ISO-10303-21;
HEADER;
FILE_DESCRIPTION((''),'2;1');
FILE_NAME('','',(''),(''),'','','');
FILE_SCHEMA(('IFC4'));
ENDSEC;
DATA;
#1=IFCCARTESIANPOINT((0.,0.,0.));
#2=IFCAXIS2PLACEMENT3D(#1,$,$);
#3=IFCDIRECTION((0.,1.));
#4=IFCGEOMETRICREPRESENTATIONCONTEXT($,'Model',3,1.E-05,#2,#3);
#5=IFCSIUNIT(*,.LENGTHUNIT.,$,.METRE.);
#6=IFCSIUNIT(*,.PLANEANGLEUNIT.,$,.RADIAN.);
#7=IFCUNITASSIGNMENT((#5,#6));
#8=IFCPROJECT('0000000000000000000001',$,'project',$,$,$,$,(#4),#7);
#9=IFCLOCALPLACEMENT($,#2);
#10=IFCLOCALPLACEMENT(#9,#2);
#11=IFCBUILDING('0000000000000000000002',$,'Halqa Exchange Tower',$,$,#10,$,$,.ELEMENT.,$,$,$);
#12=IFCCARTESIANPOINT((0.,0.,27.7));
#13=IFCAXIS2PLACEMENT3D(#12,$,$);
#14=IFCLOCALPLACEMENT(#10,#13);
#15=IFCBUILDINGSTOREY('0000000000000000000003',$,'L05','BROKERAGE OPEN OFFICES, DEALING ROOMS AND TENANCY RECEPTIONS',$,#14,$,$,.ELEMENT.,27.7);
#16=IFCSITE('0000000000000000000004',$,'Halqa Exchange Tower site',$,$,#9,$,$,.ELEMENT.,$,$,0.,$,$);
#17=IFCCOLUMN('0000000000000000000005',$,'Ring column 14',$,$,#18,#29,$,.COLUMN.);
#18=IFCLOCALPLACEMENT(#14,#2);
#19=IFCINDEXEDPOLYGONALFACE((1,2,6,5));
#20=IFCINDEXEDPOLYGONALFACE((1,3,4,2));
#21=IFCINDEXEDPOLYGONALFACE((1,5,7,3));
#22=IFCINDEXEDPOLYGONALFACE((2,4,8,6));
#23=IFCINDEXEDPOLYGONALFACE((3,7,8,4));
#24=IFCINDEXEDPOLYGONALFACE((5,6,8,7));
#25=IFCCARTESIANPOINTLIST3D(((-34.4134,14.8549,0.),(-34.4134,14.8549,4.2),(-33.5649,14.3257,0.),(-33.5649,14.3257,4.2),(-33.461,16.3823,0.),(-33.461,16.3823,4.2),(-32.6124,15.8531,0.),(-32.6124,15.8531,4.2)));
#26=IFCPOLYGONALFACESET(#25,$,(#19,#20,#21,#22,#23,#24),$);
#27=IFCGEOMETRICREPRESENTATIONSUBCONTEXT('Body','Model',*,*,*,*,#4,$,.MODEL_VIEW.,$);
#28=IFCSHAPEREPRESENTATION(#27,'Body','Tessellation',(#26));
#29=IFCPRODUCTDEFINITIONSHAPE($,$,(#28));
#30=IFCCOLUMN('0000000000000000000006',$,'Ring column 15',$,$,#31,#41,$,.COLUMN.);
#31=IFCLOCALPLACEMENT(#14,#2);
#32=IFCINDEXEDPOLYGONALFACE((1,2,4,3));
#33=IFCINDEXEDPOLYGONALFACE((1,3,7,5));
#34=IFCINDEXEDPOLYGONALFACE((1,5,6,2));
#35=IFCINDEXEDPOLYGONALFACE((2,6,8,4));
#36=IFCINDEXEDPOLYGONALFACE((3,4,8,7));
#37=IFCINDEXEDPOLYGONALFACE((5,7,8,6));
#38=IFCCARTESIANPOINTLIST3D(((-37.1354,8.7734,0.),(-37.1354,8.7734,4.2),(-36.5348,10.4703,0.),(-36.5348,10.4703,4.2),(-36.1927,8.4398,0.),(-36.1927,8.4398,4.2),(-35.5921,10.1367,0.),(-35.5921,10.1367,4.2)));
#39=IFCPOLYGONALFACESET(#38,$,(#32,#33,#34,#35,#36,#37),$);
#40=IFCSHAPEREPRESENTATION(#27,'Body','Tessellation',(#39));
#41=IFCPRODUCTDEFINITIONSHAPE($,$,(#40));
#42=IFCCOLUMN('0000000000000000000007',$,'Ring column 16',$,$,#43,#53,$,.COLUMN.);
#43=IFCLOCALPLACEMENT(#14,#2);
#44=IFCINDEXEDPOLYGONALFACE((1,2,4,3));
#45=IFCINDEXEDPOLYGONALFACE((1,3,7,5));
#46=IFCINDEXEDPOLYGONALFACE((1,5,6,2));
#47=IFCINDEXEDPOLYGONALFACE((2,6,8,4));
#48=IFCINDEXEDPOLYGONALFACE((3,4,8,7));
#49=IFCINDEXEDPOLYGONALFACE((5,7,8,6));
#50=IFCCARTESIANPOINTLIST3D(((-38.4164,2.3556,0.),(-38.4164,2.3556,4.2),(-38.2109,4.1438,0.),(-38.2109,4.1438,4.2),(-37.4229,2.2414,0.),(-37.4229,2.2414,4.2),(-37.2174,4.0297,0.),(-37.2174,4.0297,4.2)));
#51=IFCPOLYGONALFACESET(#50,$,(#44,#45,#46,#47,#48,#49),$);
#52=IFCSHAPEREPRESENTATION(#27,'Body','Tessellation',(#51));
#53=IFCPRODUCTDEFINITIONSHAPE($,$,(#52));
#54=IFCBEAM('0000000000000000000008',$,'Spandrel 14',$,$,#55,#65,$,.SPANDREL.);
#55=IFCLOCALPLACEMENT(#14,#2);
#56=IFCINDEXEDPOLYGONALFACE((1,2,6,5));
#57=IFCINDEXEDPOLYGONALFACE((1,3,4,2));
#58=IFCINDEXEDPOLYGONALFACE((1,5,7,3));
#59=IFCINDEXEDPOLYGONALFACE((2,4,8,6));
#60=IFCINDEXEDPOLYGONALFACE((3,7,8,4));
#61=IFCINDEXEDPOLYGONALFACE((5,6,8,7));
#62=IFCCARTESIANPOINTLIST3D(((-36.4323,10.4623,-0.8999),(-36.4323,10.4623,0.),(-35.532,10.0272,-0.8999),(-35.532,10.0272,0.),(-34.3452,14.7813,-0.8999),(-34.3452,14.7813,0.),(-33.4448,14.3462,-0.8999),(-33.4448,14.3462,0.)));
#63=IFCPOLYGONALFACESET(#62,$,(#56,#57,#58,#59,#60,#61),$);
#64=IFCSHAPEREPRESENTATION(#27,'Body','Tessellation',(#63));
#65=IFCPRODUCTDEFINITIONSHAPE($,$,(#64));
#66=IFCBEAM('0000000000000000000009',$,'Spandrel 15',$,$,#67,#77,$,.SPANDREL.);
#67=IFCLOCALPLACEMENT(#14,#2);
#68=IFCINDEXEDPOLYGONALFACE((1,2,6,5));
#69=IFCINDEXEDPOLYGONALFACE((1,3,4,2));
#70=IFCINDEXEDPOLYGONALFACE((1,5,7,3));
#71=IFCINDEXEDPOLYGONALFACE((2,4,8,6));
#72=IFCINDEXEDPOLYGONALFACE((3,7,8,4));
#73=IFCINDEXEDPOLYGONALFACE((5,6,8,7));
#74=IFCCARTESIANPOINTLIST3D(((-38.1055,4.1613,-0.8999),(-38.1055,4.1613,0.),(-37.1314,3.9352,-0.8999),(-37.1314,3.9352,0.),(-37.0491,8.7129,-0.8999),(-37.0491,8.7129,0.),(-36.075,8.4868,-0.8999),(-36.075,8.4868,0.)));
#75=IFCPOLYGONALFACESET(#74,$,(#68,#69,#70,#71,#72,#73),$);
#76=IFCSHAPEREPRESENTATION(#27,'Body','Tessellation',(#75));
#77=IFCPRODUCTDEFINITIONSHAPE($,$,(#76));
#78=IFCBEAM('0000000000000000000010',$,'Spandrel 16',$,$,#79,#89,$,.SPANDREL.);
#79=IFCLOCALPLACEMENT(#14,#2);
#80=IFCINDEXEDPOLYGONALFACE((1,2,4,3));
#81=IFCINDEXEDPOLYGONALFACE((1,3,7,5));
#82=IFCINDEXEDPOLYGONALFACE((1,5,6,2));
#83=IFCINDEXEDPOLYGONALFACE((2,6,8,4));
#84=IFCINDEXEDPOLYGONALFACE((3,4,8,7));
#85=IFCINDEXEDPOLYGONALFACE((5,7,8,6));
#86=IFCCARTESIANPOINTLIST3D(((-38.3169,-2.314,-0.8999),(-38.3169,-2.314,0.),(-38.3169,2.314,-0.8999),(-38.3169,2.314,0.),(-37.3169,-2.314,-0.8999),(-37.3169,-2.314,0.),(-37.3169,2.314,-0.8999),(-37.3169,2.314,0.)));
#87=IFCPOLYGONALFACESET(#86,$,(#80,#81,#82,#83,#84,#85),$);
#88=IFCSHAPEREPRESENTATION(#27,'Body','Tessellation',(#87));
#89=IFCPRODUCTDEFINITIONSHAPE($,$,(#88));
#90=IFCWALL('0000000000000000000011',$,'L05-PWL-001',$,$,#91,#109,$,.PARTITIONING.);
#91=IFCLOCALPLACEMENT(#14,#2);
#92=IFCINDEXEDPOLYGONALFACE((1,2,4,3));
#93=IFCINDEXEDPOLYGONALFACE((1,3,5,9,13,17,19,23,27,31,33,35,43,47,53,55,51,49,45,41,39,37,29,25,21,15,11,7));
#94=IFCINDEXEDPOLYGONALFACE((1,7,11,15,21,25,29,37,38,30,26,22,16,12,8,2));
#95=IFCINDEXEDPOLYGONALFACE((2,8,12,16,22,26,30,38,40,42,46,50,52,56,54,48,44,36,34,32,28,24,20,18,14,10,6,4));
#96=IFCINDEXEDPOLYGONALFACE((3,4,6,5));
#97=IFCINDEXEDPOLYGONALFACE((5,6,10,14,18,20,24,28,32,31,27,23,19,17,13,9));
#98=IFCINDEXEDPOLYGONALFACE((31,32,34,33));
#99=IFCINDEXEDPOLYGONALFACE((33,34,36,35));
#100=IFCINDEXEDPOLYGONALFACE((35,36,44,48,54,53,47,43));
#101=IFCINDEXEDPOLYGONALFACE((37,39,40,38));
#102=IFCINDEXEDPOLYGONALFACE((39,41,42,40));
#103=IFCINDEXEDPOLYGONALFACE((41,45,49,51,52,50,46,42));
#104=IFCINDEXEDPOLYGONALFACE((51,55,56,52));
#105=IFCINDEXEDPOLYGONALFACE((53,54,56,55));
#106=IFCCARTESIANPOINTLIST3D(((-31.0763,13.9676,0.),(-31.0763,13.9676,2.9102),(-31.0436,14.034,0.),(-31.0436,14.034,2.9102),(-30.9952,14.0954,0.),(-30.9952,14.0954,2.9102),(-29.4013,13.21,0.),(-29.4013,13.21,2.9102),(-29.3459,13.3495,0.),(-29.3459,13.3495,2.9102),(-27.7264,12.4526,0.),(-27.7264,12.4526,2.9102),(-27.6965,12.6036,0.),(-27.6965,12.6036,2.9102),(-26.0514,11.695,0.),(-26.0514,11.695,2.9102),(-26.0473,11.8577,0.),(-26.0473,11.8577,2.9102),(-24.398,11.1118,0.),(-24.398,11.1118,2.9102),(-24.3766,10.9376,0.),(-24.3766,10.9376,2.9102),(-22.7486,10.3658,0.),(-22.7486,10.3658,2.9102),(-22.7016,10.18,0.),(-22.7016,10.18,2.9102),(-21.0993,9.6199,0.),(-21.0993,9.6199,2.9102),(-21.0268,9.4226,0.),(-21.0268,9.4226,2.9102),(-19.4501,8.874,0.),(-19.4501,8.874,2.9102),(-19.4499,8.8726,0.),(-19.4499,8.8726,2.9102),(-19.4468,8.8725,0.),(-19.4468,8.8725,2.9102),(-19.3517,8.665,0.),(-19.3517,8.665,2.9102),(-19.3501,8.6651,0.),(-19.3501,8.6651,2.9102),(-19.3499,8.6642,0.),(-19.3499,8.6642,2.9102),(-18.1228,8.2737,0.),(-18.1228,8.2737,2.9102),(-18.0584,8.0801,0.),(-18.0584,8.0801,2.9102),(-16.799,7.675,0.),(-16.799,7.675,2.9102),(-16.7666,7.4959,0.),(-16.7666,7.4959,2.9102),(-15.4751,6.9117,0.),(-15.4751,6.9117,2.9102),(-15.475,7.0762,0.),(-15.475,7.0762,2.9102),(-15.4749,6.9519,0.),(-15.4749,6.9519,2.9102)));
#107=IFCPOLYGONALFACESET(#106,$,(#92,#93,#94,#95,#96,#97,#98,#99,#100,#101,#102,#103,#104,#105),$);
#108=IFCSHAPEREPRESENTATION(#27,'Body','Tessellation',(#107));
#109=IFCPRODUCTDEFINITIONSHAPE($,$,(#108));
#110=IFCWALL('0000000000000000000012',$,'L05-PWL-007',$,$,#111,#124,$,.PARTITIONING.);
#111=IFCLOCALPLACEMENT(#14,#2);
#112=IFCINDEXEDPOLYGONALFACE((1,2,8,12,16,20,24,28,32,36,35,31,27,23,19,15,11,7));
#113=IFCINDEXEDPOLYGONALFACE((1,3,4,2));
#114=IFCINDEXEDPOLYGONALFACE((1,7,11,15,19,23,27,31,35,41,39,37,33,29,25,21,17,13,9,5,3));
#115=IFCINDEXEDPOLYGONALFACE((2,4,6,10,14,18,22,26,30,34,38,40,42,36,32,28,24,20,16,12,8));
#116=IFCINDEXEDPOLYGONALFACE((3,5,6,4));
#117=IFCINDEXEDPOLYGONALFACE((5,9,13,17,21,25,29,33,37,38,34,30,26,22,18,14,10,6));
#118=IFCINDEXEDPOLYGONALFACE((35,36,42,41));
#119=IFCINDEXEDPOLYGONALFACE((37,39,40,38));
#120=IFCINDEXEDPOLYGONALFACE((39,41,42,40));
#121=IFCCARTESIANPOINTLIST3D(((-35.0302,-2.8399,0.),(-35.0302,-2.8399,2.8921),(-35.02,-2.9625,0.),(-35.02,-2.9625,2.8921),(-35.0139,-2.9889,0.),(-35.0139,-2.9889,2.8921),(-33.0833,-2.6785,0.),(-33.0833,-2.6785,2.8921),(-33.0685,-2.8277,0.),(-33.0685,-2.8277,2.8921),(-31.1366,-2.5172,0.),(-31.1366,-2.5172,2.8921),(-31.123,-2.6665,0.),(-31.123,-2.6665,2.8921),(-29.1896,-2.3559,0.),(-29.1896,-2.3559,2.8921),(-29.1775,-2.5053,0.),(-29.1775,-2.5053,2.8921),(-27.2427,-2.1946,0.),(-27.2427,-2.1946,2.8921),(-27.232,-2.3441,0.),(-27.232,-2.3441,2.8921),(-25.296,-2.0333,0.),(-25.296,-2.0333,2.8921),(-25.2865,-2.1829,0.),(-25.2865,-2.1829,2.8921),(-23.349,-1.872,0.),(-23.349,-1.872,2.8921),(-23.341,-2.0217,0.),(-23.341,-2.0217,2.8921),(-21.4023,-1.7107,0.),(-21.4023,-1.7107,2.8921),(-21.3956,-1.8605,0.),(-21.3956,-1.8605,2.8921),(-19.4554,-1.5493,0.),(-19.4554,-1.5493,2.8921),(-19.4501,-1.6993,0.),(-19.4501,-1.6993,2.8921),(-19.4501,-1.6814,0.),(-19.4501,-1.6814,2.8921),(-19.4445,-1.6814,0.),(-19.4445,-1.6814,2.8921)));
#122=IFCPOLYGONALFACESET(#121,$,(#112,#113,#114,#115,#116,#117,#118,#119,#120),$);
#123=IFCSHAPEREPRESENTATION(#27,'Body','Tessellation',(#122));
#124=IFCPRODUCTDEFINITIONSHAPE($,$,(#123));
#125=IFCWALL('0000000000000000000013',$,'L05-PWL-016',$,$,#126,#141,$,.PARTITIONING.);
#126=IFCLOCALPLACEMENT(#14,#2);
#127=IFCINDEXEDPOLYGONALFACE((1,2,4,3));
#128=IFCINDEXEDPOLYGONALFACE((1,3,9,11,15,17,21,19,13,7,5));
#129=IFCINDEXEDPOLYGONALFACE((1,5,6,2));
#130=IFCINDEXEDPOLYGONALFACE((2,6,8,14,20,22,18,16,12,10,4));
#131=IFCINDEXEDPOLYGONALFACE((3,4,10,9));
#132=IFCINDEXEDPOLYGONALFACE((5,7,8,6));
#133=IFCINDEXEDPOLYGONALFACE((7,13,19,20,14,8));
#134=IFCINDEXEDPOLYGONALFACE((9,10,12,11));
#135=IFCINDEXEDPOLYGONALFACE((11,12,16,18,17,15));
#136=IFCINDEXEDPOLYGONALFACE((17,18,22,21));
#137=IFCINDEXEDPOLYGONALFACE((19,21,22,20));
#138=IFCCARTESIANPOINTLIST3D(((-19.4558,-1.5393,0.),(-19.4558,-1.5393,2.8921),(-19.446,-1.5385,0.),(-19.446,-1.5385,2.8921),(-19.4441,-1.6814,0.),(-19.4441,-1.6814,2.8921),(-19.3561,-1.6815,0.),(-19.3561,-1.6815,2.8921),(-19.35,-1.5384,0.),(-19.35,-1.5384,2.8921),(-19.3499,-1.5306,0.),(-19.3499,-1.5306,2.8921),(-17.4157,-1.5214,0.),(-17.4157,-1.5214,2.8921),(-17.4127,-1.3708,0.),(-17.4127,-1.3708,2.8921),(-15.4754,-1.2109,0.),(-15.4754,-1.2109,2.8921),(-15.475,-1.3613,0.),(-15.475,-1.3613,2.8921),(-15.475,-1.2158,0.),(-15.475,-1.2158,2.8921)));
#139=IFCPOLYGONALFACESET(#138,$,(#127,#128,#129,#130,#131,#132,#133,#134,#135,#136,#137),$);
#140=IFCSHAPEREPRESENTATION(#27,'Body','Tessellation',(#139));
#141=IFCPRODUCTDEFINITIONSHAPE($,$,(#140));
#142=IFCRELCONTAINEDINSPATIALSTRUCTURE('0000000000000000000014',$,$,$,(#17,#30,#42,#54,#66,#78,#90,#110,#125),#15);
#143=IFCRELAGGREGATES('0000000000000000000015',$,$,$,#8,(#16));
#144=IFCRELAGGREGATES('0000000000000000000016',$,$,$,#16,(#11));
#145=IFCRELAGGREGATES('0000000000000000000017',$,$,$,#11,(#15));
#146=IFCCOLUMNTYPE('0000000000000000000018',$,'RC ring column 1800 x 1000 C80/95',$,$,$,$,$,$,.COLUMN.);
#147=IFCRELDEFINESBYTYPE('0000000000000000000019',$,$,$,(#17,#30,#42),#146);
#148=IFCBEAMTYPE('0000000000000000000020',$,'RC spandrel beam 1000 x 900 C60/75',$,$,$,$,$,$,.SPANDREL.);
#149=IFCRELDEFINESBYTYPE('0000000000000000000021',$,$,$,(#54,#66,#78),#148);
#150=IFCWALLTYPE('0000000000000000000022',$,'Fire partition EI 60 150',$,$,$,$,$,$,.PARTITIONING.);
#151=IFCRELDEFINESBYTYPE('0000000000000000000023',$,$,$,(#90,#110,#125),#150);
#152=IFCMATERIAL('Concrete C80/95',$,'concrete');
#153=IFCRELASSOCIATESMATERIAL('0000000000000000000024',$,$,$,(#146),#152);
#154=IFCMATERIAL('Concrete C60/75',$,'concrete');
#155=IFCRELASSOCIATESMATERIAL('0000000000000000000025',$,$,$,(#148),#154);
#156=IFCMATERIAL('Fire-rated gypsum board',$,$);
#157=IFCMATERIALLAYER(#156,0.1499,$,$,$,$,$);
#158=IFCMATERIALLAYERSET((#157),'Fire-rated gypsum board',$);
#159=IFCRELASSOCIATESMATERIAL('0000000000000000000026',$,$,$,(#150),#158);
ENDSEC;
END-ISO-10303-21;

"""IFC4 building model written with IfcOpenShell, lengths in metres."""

from ifc_helpers import new_model, si_unit, direction, frame, origin, origin_2d, place, context, subcontext, project, spatial, polyline, rectangle, outline, extrude, material, layer, layer_set, material_profile, profile_set, type_object, element, save


model = new_model("IFC4")

# Units and contexts
model_context = context("Model", 3, precision=1e-05, world=origin(), true_north=direction((0.0, 1.0)))
body_context = subcontext(model_context, "Body", "Model", "MODEL_VIEW")
ifc_project = project(units=[si_unit("LENGTHUNIT", "METRE"), si_unit("PLANEANGLEUNIT", "RADIAN")], contexts=[model_context])

# Site, building, storey
site_placement = place(None, origin())
site = spatial("IfcSite", under=ifc_project, at=site_placement, Name="Halqa Exchange Tower site", CompositionType="ELEMENT", RefElevation=0.0)
building_placement = place(site_placement, origin())
building = spatial("IfcBuilding", under=site, at=building_placement, Name="Halqa Exchange Tower", CompositionType="ELEMENT")
storey_placement = place(building_placement, frame((0.0, 0.0, 27.7)))
storey = spatial("IfcBuildingStorey", under=building, at=storey_placement, Name="L05", Description="BROKERAGE OPEN OFFICES, DEALING ROOMS AND TENANCY RECEPTIONS", CompositionType="ELEMENT", Elevation=27.7)

# Columns
ifc_material_1 = material(Name="Concrete C80/95", Category="concrete")
ifc_material_profile_1 = material_profile(ifc_material_1, rectangle(XDim=1.8, YDim=1.0, at=origin_2d()), Name="1800 x 1000")
ifc_profile_set_1 = profile_set([ifc_material_profile_1], Name="Concrete C80/95")
column_type = type_object("IfcColumnType", Name="RC ring column 1800 x 1000 C80/95", PredefinedType="COLUMN", material=ifc_profile_set_1)
for number, where, z_axis, x_axis, name in (
    (1, (-33.5129, 15.354, 0.0), (0.0, 0.0, 1.0), (-0.52914, -0.848534, 0.0), "Ring column 14"),
    (2, (-36.3638, 9.4551, 0.0), (0.0, 0.0, 1.0), (-0.333628, -0.942705, 0.0), "Ring column 15"),
    (3, (-37.8169, 3.1926, 0.0), (0.0, 0.0, 1.0), (-0.114155, -0.993463, 0.0), "Ring column 16"),
):
    element("IfcColumn", number, at=place(storey_placement, frame(where, z_axis=z_axis, x_axis=x_axis)), inside=storey, type_object=column_type, Name=name, PredefinedType="COLUMN", context=body_context, shape_type="SweptSolid", body=[
        extrude(rectangle(XDim=1.8, YDim=1.0, at=origin_2d()), origin(), (0.0, 0.0, 1.0), 4.2),
    ])

# Beams
ifc_material_2 = material(Name="Concrete C60/75", Category="concrete")
ifc_material_profile_2 = material_profile(ifc_material_2, rectangle(XDim=1.0, YDim=0.8999, at=origin_2d()), Name="1000 x 900")
ifc_profile_set_2 = profile_set([ifc_material_profile_2], Name="Concrete C60/75")
beam_type = type_object("IfcBeamType", Name="RC spandrel beam 1000 x 900 C60/75", PredefinedType="SPANDREL", material=ifc_profile_set_2)
beam_1_placement = place(storey_placement, frame((-33.895, 14.5637, -0.45), z_axis=(-0.435101, -0.900382, 0.0), x_axis=(0.900382, -0.435101, 0.0)))
element("IfcBeam", 4, at=beam_1_placement, inside=storey, type_object=beam_type, Name="Spandrel 14", PredefinedType="SPANDREL", context=body_context, shape_type="SweptSolid", body=[
    extrude(rectangle(XDim=1.0, YDim=0.8999, at=origin_2d()), origin(), (0.0, 0.0, 1.0), 4.7969),
])
beam_2_placement = place(storey_placement, frame((-36.562, 8.5999, -0.45), z_axis=(-0.226088, -0.974107, 0.0), x_axis=(0.974107, -0.226088, 0.0)))
element("IfcBeam", 5, at=beam_2_placement, inside=storey, type_object=beam_type, Name="Spandrel 15", PredefinedType="SPANDREL", context=body_context, shape_type="SweptSolid", body=[
    extrude(rectangle(XDim=1.0, YDim=0.8999, at=origin_2d()), origin(), (0.0, 0.0, 1.0), 4.6726),
])
beam_3_placement = place(storey_placement, frame((-37.8169, 2.314, -0.45), z_axis=(0.0, -1.0, 0.0), x_axis=(1.0, 0.0, 0.0)))
element("IfcBeam", 6, at=beam_3_placement, inside=storey, type_object=beam_type, Name="Spandrel 16", PredefinedType="SPANDREL", context=body_context, shape_type="SweptSolid", body=[
    extrude(rectangle(XDim=1.0, YDim=0.8999, at=origin_2d()), origin(), (0.0, 0.0, 1.0), 4.6279),
])

# Walls
ifc_material_3 = material(Name="Fire-rated gypsum board")
ifc_layer_1 = layer(ifc_material_3, 0.1499)
ifc_layer_set_1 = layer_set([ifc_layer_1], Name="Fire-rated gypsum board")
wall_type_1 = type_object("IfcWallType", Name="Fire partition EI 60 150", PredefinedType="PARTITIONING", material=ifc_layer_set_1)
wall_1_placement = place(storey_placement, frame((-31.0454, 14.0359, 0.0), z_axis=(0.0, 0.0, 1.0), x_axis=(0.911148, -0.412079, 0.0)))
element("IfcWall", 7, at=wall_1_placement, inside=storey, type_object=wall_type_1, Name="L05-PWL-001", PredefinedType="PARTITIONING", context=body_context, shape_type="SweptSolid", body=[
    extrude(outline(polyline([(0.0, -0.075), (1.8384, -0.075), (3.6765, -0.075), (5.5149, -0.075), (7.353, -0.075), (9.1914, -0.075), (11.0295, -0.075), (12.8679, -0.075), (12.8694, -0.0742), (12.8699, -0.075), (14.2874, -0.075), (15.7051, -0.075), (17.1226, -0.075), (17.1062, -0.0383), (17.1062, -0.0383), (17.0549, 0.075), (15.6018, 0.075), (14.1489, 0.075), (12.6958, 0.075), (12.6929, 0.0737), (12.6921, 0.075), (10.8821, 0.075), (9.072, 0.075), (7.2617, 0.075), (5.4517, 0.075), (3.6416, 0.075), (1.8313, 0.075), (0.0212, 0.075), (0.0024, -0.001), (0.0, -0.075)])), origin(), (0.0, 0.0, 1.0), 2.9102),
])
wall_2_placement = place(storey_placement, frame((-19.4492, -1.624, 0.0), z_axis=(0.0, 0.0, 1.0), x_axis=(-0.996585, -0.082577, 0.0)))
element("IfcWall", 8, at=wall_2_placement, inside=storey, type_object=wall_type_1, Name="L05-PWL-007", PredefinedType="PARTITIONING", context=body_context, shape_type="SweptSolid", body=[
    extrude(outline(polyline([(15.6282, -0.075), (15.6282, 0.0481), (15.6243, 0.075), (13.6721, 0.075), (11.72, 0.075), (9.7678, 0.075), (7.8157, 0.075), (5.8635, 0.075), (3.9114, 0.075), (1.9592, 0.075), (0.0071, 0.075), (0.0056, 0.0571), (0.0, 0.0576), (0.0, -0.075), (1.9536, -0.075), (3.907, -0.075), (5.8606, -0.075), (7.814, -0.075), (9.7676, -0.075), (11.7212, -0.075), (13.6746, -0.075), (15.6282, -0.075)])), origin(), (0.0, 0.0, 1.0), 2.8921),
])
wall_3_placement = place(storey_placement, frame((-15.4692, -1.2856, 0.0), z_axis=(0.0, 0.0, 1.0), x_axis=(-0.996615, -0.082216, 0.0)))
element("IfcWall", 9, at=wall_3_placement, inside=storey, type_object=wall_type_1, Name="L05-PWL-016", PredefinedType="PARTITIONING", context=body_context, shape_type="SweptSolid", body=[
    extrude(outline(polyline([(0.0, -0.075), (1.9438, -0.075), (3.8877, -0.075), (3.8884, -0.0671), (3.9841, -0.075), (3.9939, -0.075), (3.9939, 0.0676), (3.9062, 0.075), (1.9592, 0.075), (0.012, 0.075), (0.0, -0.0701), (0.0, -0.075)])), origin(), (0.0, 0.0, 1.0), 2.8921),
])

save(model, "model.ifc")
